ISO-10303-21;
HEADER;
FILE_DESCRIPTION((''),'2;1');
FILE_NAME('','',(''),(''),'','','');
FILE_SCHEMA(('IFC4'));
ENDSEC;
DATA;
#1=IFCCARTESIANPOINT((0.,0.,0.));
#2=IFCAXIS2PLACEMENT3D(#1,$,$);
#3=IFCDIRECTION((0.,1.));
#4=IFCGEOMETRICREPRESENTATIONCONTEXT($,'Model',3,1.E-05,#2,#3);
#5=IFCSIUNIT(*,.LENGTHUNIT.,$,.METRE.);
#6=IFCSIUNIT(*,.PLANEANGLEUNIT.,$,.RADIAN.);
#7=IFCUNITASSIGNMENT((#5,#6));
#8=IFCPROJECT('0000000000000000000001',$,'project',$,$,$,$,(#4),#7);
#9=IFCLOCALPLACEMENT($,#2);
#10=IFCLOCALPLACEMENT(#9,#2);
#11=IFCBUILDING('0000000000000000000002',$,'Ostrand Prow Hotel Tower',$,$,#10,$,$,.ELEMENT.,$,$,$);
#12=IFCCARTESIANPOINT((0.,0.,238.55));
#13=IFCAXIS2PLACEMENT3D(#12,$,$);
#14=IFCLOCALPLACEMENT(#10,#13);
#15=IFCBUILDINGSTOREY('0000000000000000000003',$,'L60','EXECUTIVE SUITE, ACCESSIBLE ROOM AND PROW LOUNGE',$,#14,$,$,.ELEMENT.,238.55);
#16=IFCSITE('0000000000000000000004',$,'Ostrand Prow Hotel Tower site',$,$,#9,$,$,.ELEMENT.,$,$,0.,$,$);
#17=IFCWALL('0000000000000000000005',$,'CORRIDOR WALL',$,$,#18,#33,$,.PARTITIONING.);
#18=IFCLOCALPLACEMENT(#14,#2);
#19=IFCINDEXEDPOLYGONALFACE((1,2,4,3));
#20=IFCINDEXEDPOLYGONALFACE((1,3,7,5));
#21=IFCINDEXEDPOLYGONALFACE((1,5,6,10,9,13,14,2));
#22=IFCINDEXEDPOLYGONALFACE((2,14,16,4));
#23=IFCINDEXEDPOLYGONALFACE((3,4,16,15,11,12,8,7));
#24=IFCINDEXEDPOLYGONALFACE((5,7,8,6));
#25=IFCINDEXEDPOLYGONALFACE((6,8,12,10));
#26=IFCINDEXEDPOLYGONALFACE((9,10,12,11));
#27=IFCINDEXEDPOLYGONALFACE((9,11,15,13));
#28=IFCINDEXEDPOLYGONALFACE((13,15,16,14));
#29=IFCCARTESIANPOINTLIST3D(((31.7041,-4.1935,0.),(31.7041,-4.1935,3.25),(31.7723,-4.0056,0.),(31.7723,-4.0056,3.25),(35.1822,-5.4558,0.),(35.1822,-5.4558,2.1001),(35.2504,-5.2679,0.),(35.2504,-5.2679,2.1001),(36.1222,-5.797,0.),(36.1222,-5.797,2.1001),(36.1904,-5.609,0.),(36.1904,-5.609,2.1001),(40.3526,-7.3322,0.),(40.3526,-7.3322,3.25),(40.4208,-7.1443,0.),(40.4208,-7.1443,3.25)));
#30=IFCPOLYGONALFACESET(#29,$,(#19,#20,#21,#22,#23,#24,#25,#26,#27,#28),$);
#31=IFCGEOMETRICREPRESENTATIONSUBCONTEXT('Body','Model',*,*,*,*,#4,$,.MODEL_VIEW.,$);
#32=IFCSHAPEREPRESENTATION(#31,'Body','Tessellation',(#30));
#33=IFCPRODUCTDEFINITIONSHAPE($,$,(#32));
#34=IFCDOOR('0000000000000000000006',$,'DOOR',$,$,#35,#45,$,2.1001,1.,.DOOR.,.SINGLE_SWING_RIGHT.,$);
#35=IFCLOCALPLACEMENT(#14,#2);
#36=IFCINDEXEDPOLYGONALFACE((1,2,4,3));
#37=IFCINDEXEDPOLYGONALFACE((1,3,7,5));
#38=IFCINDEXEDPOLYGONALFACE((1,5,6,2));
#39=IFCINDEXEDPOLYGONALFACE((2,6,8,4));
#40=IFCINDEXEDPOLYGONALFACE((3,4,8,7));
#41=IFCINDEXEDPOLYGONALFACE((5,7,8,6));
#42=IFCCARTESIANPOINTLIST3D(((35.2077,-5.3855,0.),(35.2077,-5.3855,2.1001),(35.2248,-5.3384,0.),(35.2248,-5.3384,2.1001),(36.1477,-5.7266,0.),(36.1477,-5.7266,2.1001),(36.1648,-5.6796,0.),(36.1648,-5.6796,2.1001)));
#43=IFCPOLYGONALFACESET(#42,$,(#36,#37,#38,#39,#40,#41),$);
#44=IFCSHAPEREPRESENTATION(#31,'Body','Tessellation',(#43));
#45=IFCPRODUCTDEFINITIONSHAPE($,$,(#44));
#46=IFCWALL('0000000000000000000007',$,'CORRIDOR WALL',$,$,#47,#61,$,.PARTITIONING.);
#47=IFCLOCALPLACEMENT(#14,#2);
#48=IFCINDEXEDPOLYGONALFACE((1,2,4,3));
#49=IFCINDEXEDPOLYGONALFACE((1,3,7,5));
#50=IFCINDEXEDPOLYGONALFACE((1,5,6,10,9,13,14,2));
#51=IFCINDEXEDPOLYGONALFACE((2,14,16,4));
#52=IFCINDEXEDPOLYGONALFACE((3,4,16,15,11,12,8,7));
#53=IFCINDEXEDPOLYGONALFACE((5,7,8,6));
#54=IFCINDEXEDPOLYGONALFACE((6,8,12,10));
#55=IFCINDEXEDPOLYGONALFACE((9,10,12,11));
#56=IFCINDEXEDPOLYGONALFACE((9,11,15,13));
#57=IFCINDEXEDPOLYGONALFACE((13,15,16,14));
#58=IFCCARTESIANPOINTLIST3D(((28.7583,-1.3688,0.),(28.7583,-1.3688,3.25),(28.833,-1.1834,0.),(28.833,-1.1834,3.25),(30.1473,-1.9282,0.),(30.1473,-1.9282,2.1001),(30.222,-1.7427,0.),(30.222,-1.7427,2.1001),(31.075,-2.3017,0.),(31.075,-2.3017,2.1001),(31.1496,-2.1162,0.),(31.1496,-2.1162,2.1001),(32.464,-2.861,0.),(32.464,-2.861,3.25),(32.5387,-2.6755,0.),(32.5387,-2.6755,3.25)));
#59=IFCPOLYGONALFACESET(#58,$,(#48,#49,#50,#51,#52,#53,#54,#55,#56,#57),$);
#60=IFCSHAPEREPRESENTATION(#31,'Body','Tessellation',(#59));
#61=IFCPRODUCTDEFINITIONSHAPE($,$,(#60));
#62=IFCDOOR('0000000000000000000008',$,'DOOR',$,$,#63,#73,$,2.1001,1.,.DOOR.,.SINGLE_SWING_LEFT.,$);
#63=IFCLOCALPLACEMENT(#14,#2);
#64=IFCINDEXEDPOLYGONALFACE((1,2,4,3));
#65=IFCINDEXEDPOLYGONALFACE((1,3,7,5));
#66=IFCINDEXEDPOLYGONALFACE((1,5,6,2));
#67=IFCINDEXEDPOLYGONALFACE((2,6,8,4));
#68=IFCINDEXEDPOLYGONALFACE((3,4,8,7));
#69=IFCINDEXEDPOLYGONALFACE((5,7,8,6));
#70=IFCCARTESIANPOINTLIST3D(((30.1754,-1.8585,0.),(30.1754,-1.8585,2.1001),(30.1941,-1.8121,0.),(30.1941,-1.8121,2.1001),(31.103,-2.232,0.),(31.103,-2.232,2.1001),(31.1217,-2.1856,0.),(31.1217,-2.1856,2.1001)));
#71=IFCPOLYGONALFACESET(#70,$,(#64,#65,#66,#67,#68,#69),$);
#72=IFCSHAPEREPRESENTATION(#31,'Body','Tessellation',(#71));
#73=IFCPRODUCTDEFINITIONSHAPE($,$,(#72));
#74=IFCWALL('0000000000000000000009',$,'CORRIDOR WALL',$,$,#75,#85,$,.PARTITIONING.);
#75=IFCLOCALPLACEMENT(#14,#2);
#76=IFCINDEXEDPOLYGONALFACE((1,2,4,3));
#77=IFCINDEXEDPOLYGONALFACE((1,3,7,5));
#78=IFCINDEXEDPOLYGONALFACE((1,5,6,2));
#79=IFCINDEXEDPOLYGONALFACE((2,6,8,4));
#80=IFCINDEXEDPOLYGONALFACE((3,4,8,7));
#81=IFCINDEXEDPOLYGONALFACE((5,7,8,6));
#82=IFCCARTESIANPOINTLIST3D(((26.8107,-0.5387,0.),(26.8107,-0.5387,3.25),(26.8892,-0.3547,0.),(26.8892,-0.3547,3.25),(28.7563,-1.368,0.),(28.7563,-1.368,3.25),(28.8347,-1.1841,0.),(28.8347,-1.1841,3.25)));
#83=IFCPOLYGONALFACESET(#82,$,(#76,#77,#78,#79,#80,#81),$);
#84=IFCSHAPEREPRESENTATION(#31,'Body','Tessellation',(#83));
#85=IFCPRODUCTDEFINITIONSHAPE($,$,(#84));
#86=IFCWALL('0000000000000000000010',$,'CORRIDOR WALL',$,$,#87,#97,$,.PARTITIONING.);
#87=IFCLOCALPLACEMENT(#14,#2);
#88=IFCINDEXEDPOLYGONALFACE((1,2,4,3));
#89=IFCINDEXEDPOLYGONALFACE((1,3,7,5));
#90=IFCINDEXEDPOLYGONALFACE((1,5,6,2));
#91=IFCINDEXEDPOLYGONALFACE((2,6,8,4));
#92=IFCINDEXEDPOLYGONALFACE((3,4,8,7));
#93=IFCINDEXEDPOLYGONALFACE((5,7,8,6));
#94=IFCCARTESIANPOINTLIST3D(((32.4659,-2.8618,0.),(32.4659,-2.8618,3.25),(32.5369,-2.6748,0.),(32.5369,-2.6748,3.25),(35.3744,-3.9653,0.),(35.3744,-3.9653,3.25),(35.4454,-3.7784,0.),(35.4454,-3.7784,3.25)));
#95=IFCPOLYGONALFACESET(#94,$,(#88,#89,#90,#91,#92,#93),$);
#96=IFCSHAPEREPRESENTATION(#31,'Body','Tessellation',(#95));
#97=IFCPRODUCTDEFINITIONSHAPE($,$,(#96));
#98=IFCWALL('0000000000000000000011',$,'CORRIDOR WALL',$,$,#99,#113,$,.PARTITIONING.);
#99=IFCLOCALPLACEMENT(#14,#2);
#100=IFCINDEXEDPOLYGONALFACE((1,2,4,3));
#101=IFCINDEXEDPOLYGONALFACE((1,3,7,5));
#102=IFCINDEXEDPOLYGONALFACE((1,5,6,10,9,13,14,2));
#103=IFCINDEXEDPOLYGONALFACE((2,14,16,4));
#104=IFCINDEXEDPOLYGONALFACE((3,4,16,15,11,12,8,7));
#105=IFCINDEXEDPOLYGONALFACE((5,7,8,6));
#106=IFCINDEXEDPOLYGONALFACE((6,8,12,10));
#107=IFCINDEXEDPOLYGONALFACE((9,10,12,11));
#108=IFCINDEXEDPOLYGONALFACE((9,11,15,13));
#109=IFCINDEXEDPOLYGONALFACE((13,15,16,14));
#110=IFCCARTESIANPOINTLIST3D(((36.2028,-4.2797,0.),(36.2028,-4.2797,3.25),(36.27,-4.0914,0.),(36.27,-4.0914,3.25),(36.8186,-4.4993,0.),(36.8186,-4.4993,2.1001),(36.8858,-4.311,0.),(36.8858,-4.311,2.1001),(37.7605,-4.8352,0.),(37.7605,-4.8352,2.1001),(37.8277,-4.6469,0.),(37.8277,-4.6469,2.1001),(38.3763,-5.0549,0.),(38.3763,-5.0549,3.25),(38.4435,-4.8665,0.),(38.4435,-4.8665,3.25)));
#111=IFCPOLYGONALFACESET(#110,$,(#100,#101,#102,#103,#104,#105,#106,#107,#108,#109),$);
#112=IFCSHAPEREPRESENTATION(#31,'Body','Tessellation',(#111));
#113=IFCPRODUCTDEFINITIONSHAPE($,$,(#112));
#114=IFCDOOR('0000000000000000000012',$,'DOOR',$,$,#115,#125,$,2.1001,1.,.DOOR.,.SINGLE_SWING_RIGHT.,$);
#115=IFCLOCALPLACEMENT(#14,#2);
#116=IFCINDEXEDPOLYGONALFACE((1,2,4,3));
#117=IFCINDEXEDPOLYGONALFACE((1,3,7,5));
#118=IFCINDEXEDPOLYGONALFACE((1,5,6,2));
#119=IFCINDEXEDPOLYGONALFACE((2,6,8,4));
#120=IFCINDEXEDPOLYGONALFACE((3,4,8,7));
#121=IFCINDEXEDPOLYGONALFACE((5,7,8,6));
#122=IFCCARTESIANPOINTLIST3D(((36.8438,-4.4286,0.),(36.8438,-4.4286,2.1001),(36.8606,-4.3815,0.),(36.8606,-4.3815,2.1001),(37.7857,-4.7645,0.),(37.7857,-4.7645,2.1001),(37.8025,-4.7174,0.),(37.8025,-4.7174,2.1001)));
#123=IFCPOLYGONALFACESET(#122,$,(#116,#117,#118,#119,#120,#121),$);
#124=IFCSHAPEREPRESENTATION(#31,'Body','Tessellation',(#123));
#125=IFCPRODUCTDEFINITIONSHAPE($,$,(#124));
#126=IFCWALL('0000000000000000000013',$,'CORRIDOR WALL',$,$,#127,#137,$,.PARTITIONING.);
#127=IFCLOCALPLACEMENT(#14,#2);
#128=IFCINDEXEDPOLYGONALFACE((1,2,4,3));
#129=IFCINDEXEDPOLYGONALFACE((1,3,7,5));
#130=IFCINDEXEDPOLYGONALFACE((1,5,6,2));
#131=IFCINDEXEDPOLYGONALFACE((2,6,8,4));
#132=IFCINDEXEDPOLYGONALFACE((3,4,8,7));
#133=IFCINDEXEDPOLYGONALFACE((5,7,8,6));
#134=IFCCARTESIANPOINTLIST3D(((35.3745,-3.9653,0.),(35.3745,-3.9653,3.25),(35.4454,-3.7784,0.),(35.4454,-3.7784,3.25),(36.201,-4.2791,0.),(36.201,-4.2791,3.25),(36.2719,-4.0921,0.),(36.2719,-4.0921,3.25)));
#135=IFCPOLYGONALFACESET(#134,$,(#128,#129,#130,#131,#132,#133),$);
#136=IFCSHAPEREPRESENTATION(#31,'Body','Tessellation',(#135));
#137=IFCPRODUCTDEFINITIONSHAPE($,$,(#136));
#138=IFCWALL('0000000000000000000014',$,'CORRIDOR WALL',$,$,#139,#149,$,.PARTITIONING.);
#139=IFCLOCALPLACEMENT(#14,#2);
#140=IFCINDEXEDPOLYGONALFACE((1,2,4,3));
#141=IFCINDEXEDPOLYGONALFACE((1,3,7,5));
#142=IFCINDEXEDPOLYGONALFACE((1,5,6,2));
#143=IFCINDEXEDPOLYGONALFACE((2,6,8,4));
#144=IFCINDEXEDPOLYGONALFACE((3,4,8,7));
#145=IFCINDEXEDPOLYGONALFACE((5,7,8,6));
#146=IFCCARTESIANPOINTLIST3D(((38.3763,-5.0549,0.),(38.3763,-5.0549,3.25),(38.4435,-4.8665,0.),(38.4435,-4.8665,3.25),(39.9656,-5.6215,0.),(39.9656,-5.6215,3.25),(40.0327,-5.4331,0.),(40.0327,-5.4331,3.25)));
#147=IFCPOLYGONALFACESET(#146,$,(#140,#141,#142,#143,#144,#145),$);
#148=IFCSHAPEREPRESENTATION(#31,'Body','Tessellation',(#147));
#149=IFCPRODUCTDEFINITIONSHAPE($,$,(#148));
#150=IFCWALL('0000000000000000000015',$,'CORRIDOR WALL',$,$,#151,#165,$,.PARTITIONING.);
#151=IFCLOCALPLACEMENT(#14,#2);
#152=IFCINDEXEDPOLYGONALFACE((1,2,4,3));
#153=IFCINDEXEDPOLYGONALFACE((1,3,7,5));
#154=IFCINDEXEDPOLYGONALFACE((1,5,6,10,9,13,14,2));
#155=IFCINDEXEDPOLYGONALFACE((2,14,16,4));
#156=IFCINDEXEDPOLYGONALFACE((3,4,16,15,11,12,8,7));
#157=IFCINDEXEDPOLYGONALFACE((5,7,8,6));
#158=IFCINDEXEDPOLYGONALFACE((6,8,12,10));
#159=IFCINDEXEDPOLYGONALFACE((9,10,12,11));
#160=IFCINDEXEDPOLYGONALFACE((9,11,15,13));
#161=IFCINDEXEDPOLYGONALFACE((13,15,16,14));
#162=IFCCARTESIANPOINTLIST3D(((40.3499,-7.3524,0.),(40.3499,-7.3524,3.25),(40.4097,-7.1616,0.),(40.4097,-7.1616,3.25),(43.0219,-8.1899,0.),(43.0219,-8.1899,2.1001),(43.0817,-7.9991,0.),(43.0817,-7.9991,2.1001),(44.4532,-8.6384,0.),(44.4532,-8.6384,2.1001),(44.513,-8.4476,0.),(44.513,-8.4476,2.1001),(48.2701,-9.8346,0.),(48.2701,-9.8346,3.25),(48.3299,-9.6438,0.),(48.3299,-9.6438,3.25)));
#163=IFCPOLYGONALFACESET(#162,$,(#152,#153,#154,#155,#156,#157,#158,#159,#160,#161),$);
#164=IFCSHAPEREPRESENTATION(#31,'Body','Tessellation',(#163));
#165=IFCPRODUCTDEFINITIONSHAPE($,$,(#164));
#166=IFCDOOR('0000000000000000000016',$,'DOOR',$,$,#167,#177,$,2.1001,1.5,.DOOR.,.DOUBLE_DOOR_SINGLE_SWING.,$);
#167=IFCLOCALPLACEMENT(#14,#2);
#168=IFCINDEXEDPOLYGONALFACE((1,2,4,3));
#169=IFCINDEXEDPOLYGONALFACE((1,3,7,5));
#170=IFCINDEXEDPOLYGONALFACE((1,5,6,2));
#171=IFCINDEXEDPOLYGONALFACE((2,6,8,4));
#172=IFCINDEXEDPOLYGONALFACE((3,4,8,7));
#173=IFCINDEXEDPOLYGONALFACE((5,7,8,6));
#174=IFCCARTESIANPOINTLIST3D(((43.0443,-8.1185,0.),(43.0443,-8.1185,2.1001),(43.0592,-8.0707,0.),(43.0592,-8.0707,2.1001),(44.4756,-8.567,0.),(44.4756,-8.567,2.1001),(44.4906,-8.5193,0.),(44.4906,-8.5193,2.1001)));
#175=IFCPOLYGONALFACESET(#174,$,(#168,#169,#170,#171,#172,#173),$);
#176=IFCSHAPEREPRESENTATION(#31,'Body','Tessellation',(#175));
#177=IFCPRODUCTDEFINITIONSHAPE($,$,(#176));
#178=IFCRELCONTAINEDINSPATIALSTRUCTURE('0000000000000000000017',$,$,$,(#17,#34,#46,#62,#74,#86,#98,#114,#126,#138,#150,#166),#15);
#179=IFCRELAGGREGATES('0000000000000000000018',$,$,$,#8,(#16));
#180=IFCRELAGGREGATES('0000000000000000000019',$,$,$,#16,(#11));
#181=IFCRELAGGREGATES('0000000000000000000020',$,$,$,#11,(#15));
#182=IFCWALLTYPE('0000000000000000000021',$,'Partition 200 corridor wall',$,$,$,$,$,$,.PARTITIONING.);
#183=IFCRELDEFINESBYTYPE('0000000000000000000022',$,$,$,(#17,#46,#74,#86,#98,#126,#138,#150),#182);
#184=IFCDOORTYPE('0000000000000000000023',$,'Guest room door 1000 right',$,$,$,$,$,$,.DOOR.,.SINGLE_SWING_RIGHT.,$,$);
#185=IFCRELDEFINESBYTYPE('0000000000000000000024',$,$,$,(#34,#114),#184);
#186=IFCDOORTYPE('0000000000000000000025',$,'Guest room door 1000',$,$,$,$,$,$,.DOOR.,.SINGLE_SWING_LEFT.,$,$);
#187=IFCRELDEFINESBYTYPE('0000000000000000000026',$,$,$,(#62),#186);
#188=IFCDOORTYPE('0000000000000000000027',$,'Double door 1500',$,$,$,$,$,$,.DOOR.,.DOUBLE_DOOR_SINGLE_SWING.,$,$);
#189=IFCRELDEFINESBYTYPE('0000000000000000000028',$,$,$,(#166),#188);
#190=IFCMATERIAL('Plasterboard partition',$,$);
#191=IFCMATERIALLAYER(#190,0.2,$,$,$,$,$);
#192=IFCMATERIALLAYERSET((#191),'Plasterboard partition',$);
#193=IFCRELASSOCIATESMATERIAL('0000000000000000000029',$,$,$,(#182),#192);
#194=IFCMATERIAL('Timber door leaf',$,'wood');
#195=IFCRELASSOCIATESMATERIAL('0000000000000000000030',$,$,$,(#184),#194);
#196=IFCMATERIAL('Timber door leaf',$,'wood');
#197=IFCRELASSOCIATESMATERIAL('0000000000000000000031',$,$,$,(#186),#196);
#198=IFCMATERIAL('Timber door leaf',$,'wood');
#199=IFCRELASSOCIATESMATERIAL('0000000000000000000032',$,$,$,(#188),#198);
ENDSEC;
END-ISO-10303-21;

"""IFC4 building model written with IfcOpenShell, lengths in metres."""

from ifc_helpers import new_model, si_unit, direction, frame, frame_2d, origin, place, context, subcontext, project, spatial, rectangle, extrude, material, layer, layer_set, type_object, element, fill, save


model = new_model("IFC4")

# Units and contexts
model_context = context("Model", 3, precision=1e-05, world=origin(), true_north=direction((0.0, 1.0)))
body_context = subcontext(model_context, "Body", "Model", "MODEL_VIEW")
ifc_project = project(units=[si_unit("LENGTHUNIT", "METRE"), si_unit("PLANEANGLEUNIT", "RADIAN")], contexts=[model_context])

# Site, building, storey
site_placement = place(None, origin())
site = spatial("IfcSite", under=ifc_project, at=site_placement, Name="Ostrand Prow Hotel Tower site", CompositionType="ELEMENT", RefElevation=0.0)
building_placement = place(site_placement, origin())
building = spatial("IfcBuilding", under=site, at=building_placement, Name="Ostrand Prow Hotel Tower", CompositionType="ELEMENT")
storey_placement = place(building_placement, frame((0.0, 0.0, 238.55)))
storey = spatial("IfcBuildingStorey", under=building, at=storey_placement, Name="L60", Description="EXECUTIVE SUITE, ACCESSIBLE ROOM AND PROW LOUNGE", CompositionType="ELEMENT", Elevation=238.55)

# Walls, openings, doors
ifc_material_1 = material(Name="Plasterboard partition")
ifc_layer_1 = layer(ifc_material_1, 0.2)
ifc_layer_set_1 = layer_set([ifc_layer_1], Name="Plasterboard partition")
wall_type_1 = type_object("IfcWallType", Name="Partition 200 corridor wall", PredefinedType="PARTITIONING", material=ifc_layer_set_1)
wall_1_placement = place(storey_placement, frame((31.7383, -4.0996, 0.0), z_axis=(0.0, 0.0, 1.0), x_axis=(0.94001, -0.341146, 0.0)))
wall_1 = element("IfcWall", 1, at=wall_1_placement, inside=storey, type_object=wall_type_1, Name="CORRIDOR WALL", PredefinedType="PARTITIONING", context=body_context, shape_type="SweptSolid", body=[
    extrude(rectangle(XDim=9.2004, YDim=0.2, at=frame_2d((4.6001, 0.0))), origin(), (0.0, 0.0, 1.0), 3.25),
])
opening_1_placement = place(wall_1_placement, frame((3.7, 0.0, 0.0)))
opening_1 = element("IfcOpeningElement", 2, at=opening_1_placement, cuts=wall_1, PredefinedType="OPENING", context=body_context, shape_type="SweptSolid", body=[
    extrude(rectangle(XDim=1.0, YDim=2.1001, at=frame_2d((0.5, 1.05))), frame((0.0, 0.1099, 0.0), z_axis=(0.0, -1.0, 0.0), x_axis=(1.0, 0.0, 0.0)), (0.0, 0.0, 1.0), 0.22),
])
ifc_material_2 = material(Name="Timber door leaf", Category="wood")
door_type_1 = type_object("IfcDoorType", Name="Guest room door 1000 right", OperationType="SINGLE_SWING_RIGHT", PredefinedType="DOOR", material=ifc_material_2)
door_1_placement = place(opening_1_placement, origin())
door_1 = element("IfcDoor", 3, at=door_1_placement, inside=storey, type_object=door_type_1, Name="DOOR", OperationType="SINGLE_SWING_RIGHT", OverallHeight=2.1001, OverallWidth=1.0, PredefinedType="DOOR", context=body_context, shape_type="SweptSolid", body=[
    extrude(rectangle(XDim=1.0, YDim=2.1001, at=frame_2d((0.5, 1.05))), frame((0.0, 0.0249, 0.0), z_axis=(0.0, -1.0, 0.0), x_axis=(1.0, 0.0, 0.0)), (0.0, 0.0, 1.0), 0.05),
])
fill(opening_1, door_1)
wall_2_placement = place(storey_placement, frame((32.5015, -2.7683, 0.0), z_axis=(0.0, 0.0, 1.0), x_axis=(-0.927623, 0.373518, 0.0)))
wall_2 = element("IfcWall", 4, at=wall_2_placement, inside=storey, type_object=wall_type_1, Name="CORRIDOR WALL", PredefinedType="PARTITIONING", context=body_context, shape_type="SweptSolid", body=[
    extrude(rectangle(XDim=3.9949, YDim=0.2, at=frame_2d((1.9976, 0.0))), origin(), (0.0, 0.0, 1.0), 3.25),
])
opening_2_placement = place(wall_2_placement, frame((1.4976, 0.0, 0.0)))
opening_2 = element("IfcOpeningElement", 5, at=opening_2_placement, cuts=wall_2, PredefinedType="OPENING", context=body_context, shape_type="SweptSolid", body=[
    extrude(rectangle(XDim=1.0, YDim=2.1001, at=frame_2d((0.5, 1.05))), frame((0.0, 0.1099, 0.0), z_axis=(0.0, -1.0, 0.0), x_axis=(1.0, 0.0, 0.0)), (0.0, 0.0, 1.0), 0.22),
])
ifc_material_3 = material(Name="Timber door leaf", Category="wood")
door_type_2 = type_object("IfcDoorType", Name="Guest room door 1000", OperationType="SINGLE_SWING_LEFT", PredefinedType="DOOR", material=ifc_material_3)
door_2_placement = place(opening_2_placement, origin())
door_2 = element("IfcDoor", 6, at=door_2_placement, inside=storey, type_object=door_type_2, Name="DOOR", OperationType="SINGLE_SWING_LEFT", OverallHeight=2.1001, OverallWidth=1.0, PredefinedType="DOOR", context=body_context, shape_type="SweptSolid", body=[
    extrude(rectangle(XDim=1.0, YDim=2.1001, at=frame_2d((0.5, 1.05))), frame((0.0, 0.0249, 0.0), z_axis=(0.0, -1.0, 0.0), x_axis=(1.0, 0.0, 0.0)), (0.0, 0.0, 1.0), 0.05),
])
fill(opening_2, door_2)

# Walls
wall_3_placement = place(storey_placement, frame((28.7957, -1.2761, 0.0), z_axis=(0.0, 0.0, 1.0), x_axis=(-0.919908, 0.392135, 0.0)))
element("IfcWall", 7, at=wall_3_placement, inside=storey, type_object=wall_type_1, Name="CORRIDOR WALL", PredefinedType="PARTITIONING", context=body_context, shape_type="SweptSolid", body=[
    extrude(rectangle(XDim=2.115, YDim=0.2, at=frame_2d((1.0576, 0.0))), origin(), (0.0, 0.0, 1.0), 3.25),
])
wall_4_placement = place(storey_placement, frame((35.4099, -3.8718, 0.0), z_axis=(0.0, 0.0, 1.0), x_axis=(-0.934964, 0.354742, 0.0)))
element("IfcWall", 8, at=wall_4_placement, inside=storey, type_object=wall_type_1, Name="CORRIDOR WALL", PredefinedType="PARTITIONING", context=body_context, shape_type="SweptSolid", body=[
    extrude(rectangle(XDim=3.1108, YDim=0.2, at=frame_2d((1.5554, 0.0))), origin(), (0.0, 0.0, 1.0), 3.25),
])

# Wall, opening, door
wall_5_placement = place(storey_placement, frame((38.4099, -4.9607, 0.0), z_axis=(0.0, 0.0, 1.0), x_axis=(-0.941897, 0.335901, 0.0)))
wall_5 = element("IfcWall", 9, at=wall_5_placement, inside=storey, type_object=wall_type_1, Name="CORRIDOR WALL", PredefinedType="PARTITIONING", context=body_context, shape_type="SweptSolid", body=[
    extrude(rectangle(XDim=2.3076, YDim=0.2, at=frame_2d((1.1538, 0.0))), origin(), (0.0, 0.0, 1.0), 3.25),
])
opening_3_placement = place(wall_5_placement, frame((0.6538, 0.0, 0.0)))
opening_3 = element("IfcOpeningElement", 10, at=opening_3_placement, cuts=wall_5, PredefinedType="OPENING", context=body_context, shape_type="SweptSolid", body=[
    extrude(rectangle(XDim=1.0, YDim=2.1001, at=frame_2d((0.5, 1.05))), frame((0.0, 0.1099, 0.0), z_axis=(0.0, -1.0, 0.0), x_axis=(1.0, 0.0, 0.0)), (0.0, 0.0, 1.0), 0.22),
])
door_3_placement = place(opening_3_placement, origin())
door_3 = element("IfcDoor", 11, at=door_3_placement, inside=storey, type_object=door_type_1, Name="DOOR", OperationType="SINGLE_SWING_RIGHT", OverallHeight=2.1001, OverallWidth=1.0, PredefinedType="DOOR", context=body_context, shape_type="SweptSolid", body=[
    extrude(rectangle(XDim=1.0, YDim=2.1001, at=frame_2d((0.5, 1.05))), frame((0.0, 0.0249, 0.0), z_axis=(0.0, -1.0, 0.0), x_axis=(1.0, 0.0, 0.0)), (0.0, 0.0, 1.0), 0.05),
])
fill(opening_3, door_3)

# Walls
wall_6_placement = place(storey_placement, frame((36.2363, -4.1855, 0.0), z_axis=(0.0, 0.0, 1.0), x_axis=(-0.934903, 0.354904, 0.0)))
element("IfcWall", 12, at=wall_6_placement, inside=storey, type_object=wall_type_1, Name="CORRIDOR WALL", PredefinedType="PARTITIONING", context=body_context, shape_type="SweptSolid", body=[
    extrude(rectangle(XDim=0.884, YDim=0.2, at=frame_2d((0.4419, 0.0))), origin(), (0.0, 0.0, 1.0), 3.25),
])
wall_7_placement = place(storey_placement, frame((39.9993, -5.5273, 0.0), z_axis=(0.0, 0.0, 1.0), x_axis=(-0.941925, 0.335823, 0.0)))
element("IfcWall", 13, at=wall_7_placement, inside=storey, type_object=wall_type_1, Name="CORRIDOR WALL", PredefinedType="PARTITIONING", context=body_context, shape_type="SweptSolid", body=[
    extrude(rectangle(XDim=1.6873, YDim=0.2, at=frame_2d((0.8438, 0.0))), origin(), (0.0, 0.0, 1.0), 3.25),
])

# Wall, opening, door
wall_8_placement = place(storey_placement, frame((40.3799, -7.2571, 0.0), z_axis=(0.0, 0.0, 1.0), x_axis=(0.954235, -0.299057, 0.0)))
wall_8 = element("IfcWall", 14, at=wall_8_placement, inside=storey, type_object=wall_type_1, Name="CORRIDOR WALL", PredefinedType="PARTITIONING", context=body_context, shape_type="SweptSolid", body=[
    extrude(rectangle(XDim=8.3, YDim=0.2, at=frame_2d((4.1499, 0.0))), origin(), (0.0, 0.0, 1.0), 3.25),
])
opening_4_placement = place(wall_8_placement, frame((2.8, 0.0, 0.0)))
opening_4 = element("IfcOpeningElement", 15, at=opening_4_placement, cuts=wall_8, PredefinedType="OPENING", context=body_context, shape_type="SweptSolid", body=[
    extrude(rectangle(XDim=1.5, YDim=2.1001, at=frame_2d((0.75, 1.05))), frame((0.0, 0.1099, 0.0), z_axis=(0.0, -1.0, 0.0), x_axis=(1.0, 0.0, 0.0)), (0.0, 0.0, 1.0), 0.22),
])
ifc_material_4 = material(Name="Timber door leaf", Category="wood")
door_type_3 = type_object("IfcDoorType", Name="Double door 1500", OperationType="DOUBLE_DOOR_SINGLE_SWING", PredefinedType="DOOR", material=ifc_material_4)
door_4_placement = place(opening_4_placement, origin())
door_4 = element("IfcDoor", 16, at=door_4_placement, inside=storey, type_object=door_type_3, Name="DOOR", OperationType="DOUBLE_DOOR_SINGLE_SWING", OverallHeight=2.1001, OverallWidth=1.5, PredefinedType="DOOR", context=body_context, shape_type="SweptSolid", body=[
    extrude(rectangle(XDim=1.5, YDim=2.1001, at=frame_2d((0.75, 1.05))), frame((0.0, 0.0249, 0.0), z_axis=(0.0, -1.0, 0.0), x_axis=(1.0, 0.0, 0.0)), (0.0, 0.0, 1.0), 0.05),
])
fill(opening_4, door_4)

save(model, "model.ifc")
